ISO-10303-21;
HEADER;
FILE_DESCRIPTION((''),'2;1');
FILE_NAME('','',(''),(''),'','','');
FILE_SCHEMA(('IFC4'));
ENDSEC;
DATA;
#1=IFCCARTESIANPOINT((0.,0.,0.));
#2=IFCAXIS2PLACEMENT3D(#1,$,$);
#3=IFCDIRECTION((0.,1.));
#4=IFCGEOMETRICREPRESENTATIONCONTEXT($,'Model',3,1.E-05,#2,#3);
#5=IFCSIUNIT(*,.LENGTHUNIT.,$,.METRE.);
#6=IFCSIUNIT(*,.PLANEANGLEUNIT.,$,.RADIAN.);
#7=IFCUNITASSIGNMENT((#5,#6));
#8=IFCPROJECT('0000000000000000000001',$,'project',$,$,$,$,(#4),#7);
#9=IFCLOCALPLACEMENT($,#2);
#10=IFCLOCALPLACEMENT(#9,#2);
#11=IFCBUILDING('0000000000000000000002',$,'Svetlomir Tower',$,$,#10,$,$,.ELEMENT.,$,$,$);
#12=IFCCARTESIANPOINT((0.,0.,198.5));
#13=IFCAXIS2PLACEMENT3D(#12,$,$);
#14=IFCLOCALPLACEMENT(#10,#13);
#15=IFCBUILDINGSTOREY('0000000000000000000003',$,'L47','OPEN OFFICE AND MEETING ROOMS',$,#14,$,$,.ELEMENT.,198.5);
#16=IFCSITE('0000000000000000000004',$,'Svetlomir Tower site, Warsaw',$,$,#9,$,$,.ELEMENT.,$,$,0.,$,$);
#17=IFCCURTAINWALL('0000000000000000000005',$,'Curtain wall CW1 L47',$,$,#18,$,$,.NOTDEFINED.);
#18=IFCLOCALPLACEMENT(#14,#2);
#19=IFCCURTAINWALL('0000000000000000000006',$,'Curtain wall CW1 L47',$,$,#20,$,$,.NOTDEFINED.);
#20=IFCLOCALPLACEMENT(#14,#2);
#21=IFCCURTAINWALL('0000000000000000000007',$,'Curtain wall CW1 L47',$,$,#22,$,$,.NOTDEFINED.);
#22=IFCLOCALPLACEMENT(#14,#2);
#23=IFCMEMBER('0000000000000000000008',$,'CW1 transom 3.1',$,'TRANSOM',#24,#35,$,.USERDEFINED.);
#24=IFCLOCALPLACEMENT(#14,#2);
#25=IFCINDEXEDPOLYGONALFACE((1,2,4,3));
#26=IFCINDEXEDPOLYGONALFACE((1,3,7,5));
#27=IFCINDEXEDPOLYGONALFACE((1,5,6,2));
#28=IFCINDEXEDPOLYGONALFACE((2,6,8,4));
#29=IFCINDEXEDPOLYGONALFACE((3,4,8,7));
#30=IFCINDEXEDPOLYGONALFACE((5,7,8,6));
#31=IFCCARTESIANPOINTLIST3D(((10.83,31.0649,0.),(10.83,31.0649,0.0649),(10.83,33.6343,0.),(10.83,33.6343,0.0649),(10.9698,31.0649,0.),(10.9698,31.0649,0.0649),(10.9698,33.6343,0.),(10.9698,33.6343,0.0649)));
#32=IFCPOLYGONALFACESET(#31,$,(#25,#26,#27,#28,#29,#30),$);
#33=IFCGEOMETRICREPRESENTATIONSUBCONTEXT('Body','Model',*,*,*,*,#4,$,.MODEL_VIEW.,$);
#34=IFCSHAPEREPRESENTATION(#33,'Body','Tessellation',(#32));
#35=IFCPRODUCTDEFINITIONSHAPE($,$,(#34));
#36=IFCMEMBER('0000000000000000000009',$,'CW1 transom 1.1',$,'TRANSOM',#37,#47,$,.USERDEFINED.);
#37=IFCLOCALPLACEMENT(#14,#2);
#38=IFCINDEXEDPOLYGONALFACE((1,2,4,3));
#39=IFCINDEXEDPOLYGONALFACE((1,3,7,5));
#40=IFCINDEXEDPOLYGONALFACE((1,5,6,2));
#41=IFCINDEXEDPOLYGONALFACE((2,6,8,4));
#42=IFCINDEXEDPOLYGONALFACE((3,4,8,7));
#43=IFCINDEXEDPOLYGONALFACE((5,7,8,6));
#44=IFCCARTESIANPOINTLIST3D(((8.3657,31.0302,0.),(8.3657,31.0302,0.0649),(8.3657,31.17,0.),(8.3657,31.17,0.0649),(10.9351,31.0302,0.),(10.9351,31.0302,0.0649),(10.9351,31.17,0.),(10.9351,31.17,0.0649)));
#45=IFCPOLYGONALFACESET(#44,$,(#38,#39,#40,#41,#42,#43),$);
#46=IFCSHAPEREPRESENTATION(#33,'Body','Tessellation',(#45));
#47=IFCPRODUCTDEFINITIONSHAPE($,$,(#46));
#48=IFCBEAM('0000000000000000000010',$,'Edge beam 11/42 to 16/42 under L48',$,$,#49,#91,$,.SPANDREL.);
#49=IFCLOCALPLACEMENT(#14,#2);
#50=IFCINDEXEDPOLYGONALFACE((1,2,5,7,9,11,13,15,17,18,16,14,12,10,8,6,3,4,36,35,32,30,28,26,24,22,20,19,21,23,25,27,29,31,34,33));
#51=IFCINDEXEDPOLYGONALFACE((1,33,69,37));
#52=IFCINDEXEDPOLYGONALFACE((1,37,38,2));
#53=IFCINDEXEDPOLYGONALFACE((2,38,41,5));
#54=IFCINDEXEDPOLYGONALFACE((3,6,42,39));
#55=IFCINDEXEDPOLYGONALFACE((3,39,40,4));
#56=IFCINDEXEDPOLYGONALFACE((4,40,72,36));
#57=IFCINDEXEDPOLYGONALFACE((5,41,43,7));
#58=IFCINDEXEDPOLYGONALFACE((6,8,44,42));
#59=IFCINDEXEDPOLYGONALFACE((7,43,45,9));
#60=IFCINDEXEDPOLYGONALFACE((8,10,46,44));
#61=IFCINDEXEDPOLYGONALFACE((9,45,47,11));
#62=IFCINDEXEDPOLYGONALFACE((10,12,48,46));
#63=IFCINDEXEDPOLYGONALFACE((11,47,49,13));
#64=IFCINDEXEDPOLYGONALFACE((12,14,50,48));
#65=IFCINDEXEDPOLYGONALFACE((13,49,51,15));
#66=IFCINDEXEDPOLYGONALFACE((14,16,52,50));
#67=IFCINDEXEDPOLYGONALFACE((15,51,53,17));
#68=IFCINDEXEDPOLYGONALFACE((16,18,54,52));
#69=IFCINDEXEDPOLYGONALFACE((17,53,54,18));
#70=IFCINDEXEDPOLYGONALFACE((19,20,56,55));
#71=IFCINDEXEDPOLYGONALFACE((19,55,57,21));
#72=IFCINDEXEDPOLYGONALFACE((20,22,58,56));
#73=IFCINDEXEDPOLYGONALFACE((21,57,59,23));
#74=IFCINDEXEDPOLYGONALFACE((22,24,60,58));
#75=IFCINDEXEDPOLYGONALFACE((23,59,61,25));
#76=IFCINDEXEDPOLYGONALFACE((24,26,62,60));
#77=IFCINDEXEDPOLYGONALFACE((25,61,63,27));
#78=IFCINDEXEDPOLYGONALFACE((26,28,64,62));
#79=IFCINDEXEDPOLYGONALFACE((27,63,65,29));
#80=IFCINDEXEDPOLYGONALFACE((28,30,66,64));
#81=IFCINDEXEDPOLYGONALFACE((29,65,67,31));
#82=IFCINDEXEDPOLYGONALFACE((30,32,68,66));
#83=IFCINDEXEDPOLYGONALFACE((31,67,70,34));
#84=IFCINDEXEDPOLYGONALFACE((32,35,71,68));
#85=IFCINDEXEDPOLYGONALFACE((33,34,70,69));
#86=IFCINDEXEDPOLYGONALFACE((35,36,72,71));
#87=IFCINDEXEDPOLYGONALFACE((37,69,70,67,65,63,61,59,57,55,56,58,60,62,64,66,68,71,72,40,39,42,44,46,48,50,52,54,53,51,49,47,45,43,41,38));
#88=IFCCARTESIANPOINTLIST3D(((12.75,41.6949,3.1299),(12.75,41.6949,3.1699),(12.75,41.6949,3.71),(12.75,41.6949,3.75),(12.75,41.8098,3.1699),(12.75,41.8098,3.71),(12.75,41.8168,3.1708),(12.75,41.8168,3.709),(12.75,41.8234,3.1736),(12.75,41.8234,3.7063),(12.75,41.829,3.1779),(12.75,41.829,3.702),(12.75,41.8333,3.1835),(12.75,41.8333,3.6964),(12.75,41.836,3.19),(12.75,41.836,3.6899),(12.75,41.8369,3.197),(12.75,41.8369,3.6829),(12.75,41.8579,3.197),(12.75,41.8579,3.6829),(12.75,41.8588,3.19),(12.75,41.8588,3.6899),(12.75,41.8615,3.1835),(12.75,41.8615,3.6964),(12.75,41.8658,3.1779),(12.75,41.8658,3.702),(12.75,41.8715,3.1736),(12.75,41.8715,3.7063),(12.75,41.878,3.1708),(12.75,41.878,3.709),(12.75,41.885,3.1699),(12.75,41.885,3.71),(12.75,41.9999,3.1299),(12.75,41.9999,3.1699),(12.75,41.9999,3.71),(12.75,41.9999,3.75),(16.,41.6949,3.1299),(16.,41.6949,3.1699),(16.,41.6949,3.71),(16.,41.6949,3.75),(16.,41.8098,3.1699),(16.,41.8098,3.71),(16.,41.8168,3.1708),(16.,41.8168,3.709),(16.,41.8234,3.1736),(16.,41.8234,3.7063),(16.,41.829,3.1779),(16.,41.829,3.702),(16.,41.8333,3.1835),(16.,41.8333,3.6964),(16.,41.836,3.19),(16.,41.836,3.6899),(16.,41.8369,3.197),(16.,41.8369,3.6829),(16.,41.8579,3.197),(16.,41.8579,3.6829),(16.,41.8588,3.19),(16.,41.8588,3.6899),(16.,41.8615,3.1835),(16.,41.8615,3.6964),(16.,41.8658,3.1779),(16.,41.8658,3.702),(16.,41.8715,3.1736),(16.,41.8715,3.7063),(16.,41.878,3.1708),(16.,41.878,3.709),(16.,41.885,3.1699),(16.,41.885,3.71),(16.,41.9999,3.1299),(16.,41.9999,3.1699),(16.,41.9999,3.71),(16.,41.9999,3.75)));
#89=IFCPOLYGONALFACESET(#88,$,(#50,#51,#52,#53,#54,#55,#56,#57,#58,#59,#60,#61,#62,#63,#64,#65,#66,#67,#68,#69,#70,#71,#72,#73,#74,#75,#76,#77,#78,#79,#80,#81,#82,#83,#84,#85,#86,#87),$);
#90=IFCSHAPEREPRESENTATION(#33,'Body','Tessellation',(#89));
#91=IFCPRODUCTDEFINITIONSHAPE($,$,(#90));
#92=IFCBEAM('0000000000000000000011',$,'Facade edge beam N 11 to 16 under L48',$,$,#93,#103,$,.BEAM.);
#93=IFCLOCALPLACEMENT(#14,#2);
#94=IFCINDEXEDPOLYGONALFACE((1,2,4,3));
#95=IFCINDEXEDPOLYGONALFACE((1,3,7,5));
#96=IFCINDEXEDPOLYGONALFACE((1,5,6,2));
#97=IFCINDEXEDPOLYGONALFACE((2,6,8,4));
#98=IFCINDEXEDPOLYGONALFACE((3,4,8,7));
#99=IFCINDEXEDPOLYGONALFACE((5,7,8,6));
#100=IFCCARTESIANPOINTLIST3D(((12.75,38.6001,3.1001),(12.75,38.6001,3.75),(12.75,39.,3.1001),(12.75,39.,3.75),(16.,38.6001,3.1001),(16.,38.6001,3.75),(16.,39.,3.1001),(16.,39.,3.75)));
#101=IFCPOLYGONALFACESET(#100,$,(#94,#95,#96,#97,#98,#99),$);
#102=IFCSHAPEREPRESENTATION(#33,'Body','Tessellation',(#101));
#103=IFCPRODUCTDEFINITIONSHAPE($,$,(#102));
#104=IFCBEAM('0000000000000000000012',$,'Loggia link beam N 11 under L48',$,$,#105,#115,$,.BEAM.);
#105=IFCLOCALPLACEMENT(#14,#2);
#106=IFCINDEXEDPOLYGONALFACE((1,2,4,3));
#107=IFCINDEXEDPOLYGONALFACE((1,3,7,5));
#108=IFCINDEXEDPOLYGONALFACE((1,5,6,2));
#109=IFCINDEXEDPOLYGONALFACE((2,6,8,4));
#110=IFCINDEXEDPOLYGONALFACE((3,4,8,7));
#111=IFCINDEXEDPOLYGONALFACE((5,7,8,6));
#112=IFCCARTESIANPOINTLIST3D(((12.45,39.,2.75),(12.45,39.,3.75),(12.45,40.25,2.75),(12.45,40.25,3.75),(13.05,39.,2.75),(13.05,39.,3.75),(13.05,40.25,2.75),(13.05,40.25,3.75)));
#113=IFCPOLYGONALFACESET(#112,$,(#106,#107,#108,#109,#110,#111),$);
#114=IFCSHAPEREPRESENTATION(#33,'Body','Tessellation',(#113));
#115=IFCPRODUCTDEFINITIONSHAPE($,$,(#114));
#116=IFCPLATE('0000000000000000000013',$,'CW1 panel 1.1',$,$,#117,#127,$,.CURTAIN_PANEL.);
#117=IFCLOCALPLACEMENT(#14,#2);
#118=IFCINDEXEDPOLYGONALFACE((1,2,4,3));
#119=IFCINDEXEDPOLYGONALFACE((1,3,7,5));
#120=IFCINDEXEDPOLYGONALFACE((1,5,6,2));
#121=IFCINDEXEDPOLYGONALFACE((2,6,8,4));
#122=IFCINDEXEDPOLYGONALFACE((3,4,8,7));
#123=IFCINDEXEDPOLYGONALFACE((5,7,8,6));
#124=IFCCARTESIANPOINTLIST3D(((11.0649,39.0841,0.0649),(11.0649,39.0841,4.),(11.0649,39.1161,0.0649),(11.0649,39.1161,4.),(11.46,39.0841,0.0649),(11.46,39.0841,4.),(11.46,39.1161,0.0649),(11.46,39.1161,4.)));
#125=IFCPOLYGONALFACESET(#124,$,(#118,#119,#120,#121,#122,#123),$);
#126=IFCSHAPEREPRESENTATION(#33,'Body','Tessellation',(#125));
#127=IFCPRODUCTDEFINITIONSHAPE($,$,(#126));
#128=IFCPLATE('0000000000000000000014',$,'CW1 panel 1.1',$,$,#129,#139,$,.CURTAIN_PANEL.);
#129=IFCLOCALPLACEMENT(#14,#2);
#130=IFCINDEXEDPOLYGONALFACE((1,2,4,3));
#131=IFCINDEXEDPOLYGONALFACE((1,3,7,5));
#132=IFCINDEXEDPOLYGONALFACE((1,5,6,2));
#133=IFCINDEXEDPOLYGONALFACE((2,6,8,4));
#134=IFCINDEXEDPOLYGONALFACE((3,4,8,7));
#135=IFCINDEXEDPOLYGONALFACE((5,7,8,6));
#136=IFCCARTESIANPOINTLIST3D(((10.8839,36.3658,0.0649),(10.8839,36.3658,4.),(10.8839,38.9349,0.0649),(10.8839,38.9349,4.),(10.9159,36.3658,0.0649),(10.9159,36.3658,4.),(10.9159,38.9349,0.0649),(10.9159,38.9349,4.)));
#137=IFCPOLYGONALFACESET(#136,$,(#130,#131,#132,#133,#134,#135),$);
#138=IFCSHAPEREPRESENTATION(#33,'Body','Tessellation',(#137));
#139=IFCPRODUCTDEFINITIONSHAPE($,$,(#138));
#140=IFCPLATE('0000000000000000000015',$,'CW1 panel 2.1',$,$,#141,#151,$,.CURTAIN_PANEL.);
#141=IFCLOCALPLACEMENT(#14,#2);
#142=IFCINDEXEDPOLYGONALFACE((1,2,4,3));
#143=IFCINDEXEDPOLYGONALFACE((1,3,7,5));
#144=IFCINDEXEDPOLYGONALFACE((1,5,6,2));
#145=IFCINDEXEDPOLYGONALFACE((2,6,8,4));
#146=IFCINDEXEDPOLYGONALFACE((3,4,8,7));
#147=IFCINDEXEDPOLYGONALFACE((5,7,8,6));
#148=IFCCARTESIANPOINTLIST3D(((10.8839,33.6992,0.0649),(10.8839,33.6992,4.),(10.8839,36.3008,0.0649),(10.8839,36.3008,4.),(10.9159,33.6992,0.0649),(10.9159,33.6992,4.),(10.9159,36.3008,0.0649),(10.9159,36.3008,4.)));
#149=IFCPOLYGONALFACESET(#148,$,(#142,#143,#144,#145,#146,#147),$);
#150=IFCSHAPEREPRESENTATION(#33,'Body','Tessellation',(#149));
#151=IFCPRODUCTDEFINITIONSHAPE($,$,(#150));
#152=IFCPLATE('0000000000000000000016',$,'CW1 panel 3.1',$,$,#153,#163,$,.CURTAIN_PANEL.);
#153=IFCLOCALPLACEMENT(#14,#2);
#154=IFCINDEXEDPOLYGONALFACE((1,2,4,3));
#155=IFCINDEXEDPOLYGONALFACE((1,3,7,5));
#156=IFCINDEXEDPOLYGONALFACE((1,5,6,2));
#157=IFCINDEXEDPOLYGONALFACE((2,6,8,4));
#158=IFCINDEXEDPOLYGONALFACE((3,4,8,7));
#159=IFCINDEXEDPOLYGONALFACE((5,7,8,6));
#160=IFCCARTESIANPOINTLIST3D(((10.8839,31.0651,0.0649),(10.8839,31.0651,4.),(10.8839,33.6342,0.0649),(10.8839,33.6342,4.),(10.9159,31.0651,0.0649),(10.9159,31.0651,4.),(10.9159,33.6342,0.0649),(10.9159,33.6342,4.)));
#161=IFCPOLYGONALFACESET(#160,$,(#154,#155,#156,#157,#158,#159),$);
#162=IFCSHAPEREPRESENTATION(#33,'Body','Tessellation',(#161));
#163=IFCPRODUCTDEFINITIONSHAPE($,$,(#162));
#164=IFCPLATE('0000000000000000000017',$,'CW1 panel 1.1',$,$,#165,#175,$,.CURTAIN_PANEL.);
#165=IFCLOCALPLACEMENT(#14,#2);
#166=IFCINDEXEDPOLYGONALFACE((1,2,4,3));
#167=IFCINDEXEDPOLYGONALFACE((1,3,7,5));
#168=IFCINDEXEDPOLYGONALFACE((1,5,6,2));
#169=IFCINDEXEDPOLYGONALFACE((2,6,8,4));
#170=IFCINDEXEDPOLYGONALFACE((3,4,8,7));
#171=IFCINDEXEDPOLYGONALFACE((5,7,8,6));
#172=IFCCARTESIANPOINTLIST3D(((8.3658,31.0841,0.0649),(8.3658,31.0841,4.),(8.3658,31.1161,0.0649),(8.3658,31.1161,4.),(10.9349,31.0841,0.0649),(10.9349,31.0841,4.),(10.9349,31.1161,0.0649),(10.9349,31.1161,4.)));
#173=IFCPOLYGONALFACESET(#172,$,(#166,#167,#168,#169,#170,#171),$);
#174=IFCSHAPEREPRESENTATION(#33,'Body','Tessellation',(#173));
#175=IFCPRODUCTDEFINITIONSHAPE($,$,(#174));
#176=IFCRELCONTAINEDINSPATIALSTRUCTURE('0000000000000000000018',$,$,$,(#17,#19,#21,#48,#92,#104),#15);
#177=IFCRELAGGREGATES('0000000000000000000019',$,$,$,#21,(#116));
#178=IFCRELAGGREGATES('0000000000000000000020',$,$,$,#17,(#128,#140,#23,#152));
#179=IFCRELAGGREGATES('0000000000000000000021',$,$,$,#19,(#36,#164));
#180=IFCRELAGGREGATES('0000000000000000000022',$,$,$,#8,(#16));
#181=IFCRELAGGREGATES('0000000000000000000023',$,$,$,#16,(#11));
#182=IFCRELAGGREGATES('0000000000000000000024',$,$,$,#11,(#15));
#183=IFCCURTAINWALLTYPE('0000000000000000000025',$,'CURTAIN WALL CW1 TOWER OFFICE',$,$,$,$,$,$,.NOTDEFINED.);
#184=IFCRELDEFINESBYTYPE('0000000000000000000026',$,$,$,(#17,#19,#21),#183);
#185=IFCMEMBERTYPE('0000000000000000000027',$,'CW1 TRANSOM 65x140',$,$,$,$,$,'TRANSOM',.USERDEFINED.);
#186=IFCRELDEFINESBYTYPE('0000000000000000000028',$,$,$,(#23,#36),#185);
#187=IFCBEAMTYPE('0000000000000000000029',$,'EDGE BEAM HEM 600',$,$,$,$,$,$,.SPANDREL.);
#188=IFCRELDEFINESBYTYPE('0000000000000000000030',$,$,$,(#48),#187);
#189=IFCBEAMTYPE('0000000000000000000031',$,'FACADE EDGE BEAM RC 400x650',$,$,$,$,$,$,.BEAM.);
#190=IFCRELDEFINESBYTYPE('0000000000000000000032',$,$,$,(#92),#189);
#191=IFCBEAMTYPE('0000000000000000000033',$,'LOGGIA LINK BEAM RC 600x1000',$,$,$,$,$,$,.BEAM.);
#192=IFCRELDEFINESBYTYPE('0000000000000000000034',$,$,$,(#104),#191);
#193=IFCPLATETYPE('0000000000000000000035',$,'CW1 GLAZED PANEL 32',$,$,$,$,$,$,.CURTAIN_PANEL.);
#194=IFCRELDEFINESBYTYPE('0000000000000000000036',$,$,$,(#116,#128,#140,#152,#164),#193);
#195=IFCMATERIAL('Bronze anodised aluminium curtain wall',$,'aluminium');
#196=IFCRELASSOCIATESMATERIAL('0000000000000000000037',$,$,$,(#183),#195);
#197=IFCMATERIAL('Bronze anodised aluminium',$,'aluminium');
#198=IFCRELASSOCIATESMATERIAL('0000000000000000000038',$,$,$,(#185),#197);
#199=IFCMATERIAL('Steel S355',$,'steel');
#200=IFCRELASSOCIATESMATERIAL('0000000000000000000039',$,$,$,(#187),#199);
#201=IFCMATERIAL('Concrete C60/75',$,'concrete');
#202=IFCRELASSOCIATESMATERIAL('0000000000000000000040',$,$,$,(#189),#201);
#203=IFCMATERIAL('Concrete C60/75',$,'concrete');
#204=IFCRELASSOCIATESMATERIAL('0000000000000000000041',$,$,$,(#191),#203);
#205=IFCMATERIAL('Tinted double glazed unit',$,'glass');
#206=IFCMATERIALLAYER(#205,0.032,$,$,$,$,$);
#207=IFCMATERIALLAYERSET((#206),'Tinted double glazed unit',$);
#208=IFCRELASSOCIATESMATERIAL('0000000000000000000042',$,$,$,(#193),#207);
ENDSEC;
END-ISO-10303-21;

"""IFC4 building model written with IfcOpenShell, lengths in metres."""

from ifc_helpers import new_model, si_unit, direction, frame, origin, origin_2d, place, context, subcontext, project, spatial, rectangle, i_section, extrude, material, layer, layer_set, material_profile, profile_set, type_object, element, aggregate, save


model = new_model("IFC4")

# Units and contexts
model_context = context("Model", 3, precision=1e-05, world=origin(), true_north=direction((0.0, 1.0)))
body_context = subcontext(model_context, "Body", "Model", "MODEL_VIEW")
ifc_project = project(units=[si_unit("LENGTHUNIT", "METRE"), si_unit("PLANEANGLEUNIT", "RADIAN")], contexts=[model_context])

# Site, building, storey
site_placement = place(None, origin())
site = spatial("IfcSite", under=ifc_project, at=site_placement, Name="Svetlomir Tower site, Warsaw", CompositionType="ELEMENT", RefElevation=0.0)
building_placement = place(site_placement, origin())
building = spatial("IfcBuilding", under=site, at=building_placement, Name="Svetlomir Tower", CompositionType="ELEMENT")
storey_placement = place(building_placement, frame((0.0, 0.0, 198.5)))
storey = spatial("IfcBuildingStorey", under=building, at=storey_placement, Name="L47", Description="OPEN OFFICE AND MEETING ROOMS", CompositionType="ELEMENT", Elevation=198.5)

# Curtain walls
ifc_material_1 = material(Name="Bronze anodised aluminium curtain wall", Category="aluminium")
curtain_wall_type = type_object("IfcCurtainWallType", Name="CURTAIN WALL CW1 TOWER OFFICE", PredefinedType="NOTDEFINED", material=ifc_material_1)
curtain_wall_1_placement = place(storey_placement, origin())
curtain_wall_1 = element("IfcCurtainWall", 1, at=curtain_wall_1_placement, inside=storey, type_object=curtain_wall_type, Name="Curtain wall CW1 L47", PredefinedType="NOTDEFINED")
curtain_wall_2_placement = place(storey_placement, origin())
curtain_wall_2 = element("IfcCurtainWall", 2, at=curtain_wall_2_placement, inside=storey, type_object=curtain_wall_type, Name="Curtain wall CW1 L47", PredefinedType="NOTDEFINED")

# Curtain wall
curtain_wall_3_placement = place(storey_placement, origin())
curtain_wall_3 = element("IfcCurtainWall", 3, at=curtain_wall_3_placement, inside=storey, type_object=curtain_wall_type, Name="Curtain wall CW1 L47", PredefinedType="NOTDEFINED")

# Members
ifc_material_2 = material(Name="Bronze anodised aluminium", Category="aluminium")
ifc_material_profile_1 = material_profile(ifc_material_2, rectangle(XDim=0.1399, YDim=0.0649, at=origin_2d()), Name="AL 140x65")
ifc_profile_set_1 = profile_set([ifc_material_profile_1], Name="Bronze anodised aluminium 6063-T6")
member_type_1 = type_object("IfcMemberType", Name="CW1 TRANSOM 65x140", ElementType="TRANSOM", PredefinedType="USERDEFINED", material=ifc_profile_set_1)
member_1_placement = place(storey_placement, frame((10.8999, 33.6343, 0.0325), z_axis=(0.0, -1.0, 0.0), x_axis=(1.0, 0.0, 0.0)))
member_1 = element("IfcMember", 4, at=member_1_placement, type_object=member_type_1, Name="CW1 transom 3.1", ObjectType="TRANSOM", PredefinedType="USERDEFINED", context=body_context, shape_type="SweptSolid", body=[
    extrude(rectangle(XDim=0.1399, YDim=0.0649, at=origin_2d()), origin(), (0.0, 0.0, 1.0), 2.5693),
])
member_2_placement = place(storey_placement, frame((10.9351, 31.1001, 0.0325), z_axis=(-1.0, 0.0, 0.0), x_axis=(0.0, -1.0, 0.0)))
member_2 = element("IfcMember", 5, at=member_2_placement, type_object=member_type_1, Name="CW1 transom 1.1", ObjectType="TRANSOM", PredefinedType="USERDEFINED", context=body_context, shape_type="SweptSolid", body=[
    extrude(rectangle(XDim=0.1399, YDim=0.0649, at=origin_2d()), origin(), (0.0, 0.0, 1.0), 2.5693),
])

# Beams
ifc_material_3 = material(Name="Steel S355", Category="steel")
ifc_material_profile_2 = material_profile(ifc_material_3, i_section(OverallWidth=0.3049, OverallDepth=0.6201, WebThickness=0.021, FlangeThickness=0.04, FilletRadius=0.0271, at=origin_2d()), Name="HEM 600")
ifc_profile_set_2 = profile_set([ifc_material_profile_2], Name="Steel S355")
beam_type_1 = type_object("IfcBeamType", Name="EDGE BEAM HEM 600", PredefinedType="SPANDREL", material=ifc_profile_set_2)
beam_1_placement = place(storey_placement, frame((12.75, 41.8474, 3.4399), z_axis=(1.0, 0.0, 0.0), x_axis=(0.0, 1.0, 0.0)))
element("IfcBeam", 6, at=beam_1_placement, inside=storey, type_object=beam_type_1, Name="Edge beam 11/42 to 16/42 under L48", PredefinedType="SPANDREL", context=body_context, shape_type="SweptSolid", body=[
    extrude(i_section(OverallWidth=0.3049, OverallDepth=0.6201, WebThickness=0.021, FlangeThickness=0.04, FilletRadius=0.0271, at=origin_2d()), origin(), (0.0, 0.0, 1.0), 3.25),
])
ifc_material_4 = material(Name="Concrete C60/75", Category="concrete")
ifc_material_profile_3 = material_profile(ifc_material_4, rectangle(XDim=0.3999, YDim=0.6499, at=origin_2d()), Name="RC 400x650")
ifc_profile_set_3 = profile_set([ifc_material_profile_3], Name="Concrete C60/75")
beam_type_2 = type_object("IfcBeamType", Name="FACADE EDGE BEAM RC 400x650", PredefinedType="BEAM", material=ifc_profile_set_3)
beam_2_placement = place(storey_placement, frame((12.75, 38.8, 3.425), z_axis=(1.0, 0.0, 0.0), x_axis=(0.0, 1.0, 0.0)))
element("IfcBeam", 7, at=beam_2_placement, inside=storey, type_object=beam_type_2, Name="Facade edge beam N 11 to 16 under L48", PredefinedType="BEAM", context=body_context, shape_type="SweptSolid", body=[
    extrude(rectangle(XDim=0.3999, YDim=0.6499, at=origin_2d()), origin(), (0.0, 0.0, 1.0), 3.25),
])
ifc_material_5 = material(Name="Concrete C60/75", Category="concrete")
ifc_material_profile_4 = material_profile(ifc_material_5, rectangle(XDim=0.6001, YDim=1.0, at=origin_2d()), Name="RC 600x1000")
ifc_profile_set_4 = profile_set([ifc_material_profile_4], Name="Concrete C60/75")
beam_type_3 = type_object("IfcBeamType", Name="LOGGIA LINK BEAM RC 600x1000", PredefinedType="BEAM", material=ifc_profile_set_4)
beam_3_placement = place(storey_placement, frame((12.75, 40.25, 3.25), z_axis=(0.0, -1.0, 0.0), x_axis=(1.0, 0.0, 0.0)))
element("IfcBeam", 8, at=beam_3_placement, inside=storey, type_object=beam_type_3, Name="Loggia link beam N 11 under L48", PredefinedType="BEAM", context=body_context, shape_type="SweptSolid", body=[
    extrude(rectangle(XDim=0.6001, YDim=1.0, at=origin_2d()), origin(), (0.0, 0.0, 1.0), 1.25),
])

# Plates
ifc_material_6 = material(Name="Tinted double glazed unit", Category="glass")
ifc_layer_1 = layer(ifc_material_6, 0.032)
ifc_layer_set_1 = layer_set([ifc_layer_1], Name="Tinted double glazed unit")
plate_type = type_object("IfcPlateType", Name="CW1 GLAZED PANEL 32", PredefinedType="CURTAIN_PANEL", material=ifc_layer_set_1)
plate_1_placement = place(storey_placement, frame((11.2625, 39.1001, 0.0649), z_axis=(0.0, 0.0, 1.0), x_axis=(-1.0, 0.0, 0.0)))
plate_1 = element("IfcPlate", 9, at=plate_1_placement, type_object=plate_type, Name="CW1 panel 1.1", PredefinedType="CURTAIN_PANEL", context=body_context, shape_type="SweptSolid", body=[
    extrude(rectangle(XDim=0.395, YDim=0.032, at=origin_2d()), origin(), (0.0, 0.0, 1.0), 3.9351),
])
aggregate(curtain_wall_3, [plate_1])
plate_2_placement = place(storey_placement, frame((10.8999, 37.6504, 0.0649), z_axis=(0.0, 0.0, 1.0), x_axis=(0.0, -1.0, 0.0)))
plate_2 = element("IfcPlate", 10, at=plate_2_placement, type_object=plate_type, Name="CW1 panel 1.1", PredefinedType="CURTAIN_PANEL", context=body_context, shape_type="SweptSolid", body=[
    extrude(rectangle(XDim=2.5691, YDim=0.032, at=origin_2d()), origin(), (0.0, 0.0, 1.0), 3.9351),
])
plate_3_placement = place(storey_placement, frame((10.8999, 35.0, 0.0649), z_axis=(0.0, 0.0, 1.0), x_axis=(0.0, -1.0, 0.0)))
plate_3 = element("IfcPlate", 11, at=plate_3_placement, type_object=plate_type, Name="CW1 panel 2.1", PredefinedType="CURTAIN_PANEL", context=body_context, shape_type="SweptSolid", body=[
    extrude(rectangle(XDim=2.6016, YDim=0.032, at=origin_2d()), origin(), (0.0, 0.0, 1.0), 3.9351),
])
plate_4_placement = place(storey_placement, frame((10.8999, 32.3496, 0.0649), z_axis=(0.0, 0.0, 1.0), x_axis=(0.0, -1.0, 0.0)))
plate_4 = element("IfcPlate", 12, at=plate_4_placement, type_object=plate_type, Name="CW1 panel 3.1", PredefinedType="CURTAIN_PANEL", context=body_context, shape_type="SweptSolid", body=[
    extrude(rectangle(XDim=2.5691, YDim=0.032, at=origin_2d()), origin(), (0.0, 0.0, 1.0), 3.9351),
])
aggregate(curtain_wall_1, [plate_2, plate_3, member_1, plate_4])
plate_5_placement = place(storey_placement, frame((9.6504, 31.1001, 0.0649), z_axis=(0.0, 0.0, 1.0), x_axis=(-1.0, 0.0, 0.0)))
plate_5 = element("IfcPlate", 13, at=plate_5_placement, type_object=plate_type, Name="CW1 panel 1.1", PredefinedType="CURTAIN_PANEL", context=body_context, shape_type="SweptSolid", body=[
    extrude(rectangle(XDim=2.5691, YDim=0.032, at=origin_2d()), origin(), (0.0, 0.0, 1.0), 3.9351),
])
aggregate(curtain_wall_2, [member_2, plate_5])

save(model, "model.ifc")
